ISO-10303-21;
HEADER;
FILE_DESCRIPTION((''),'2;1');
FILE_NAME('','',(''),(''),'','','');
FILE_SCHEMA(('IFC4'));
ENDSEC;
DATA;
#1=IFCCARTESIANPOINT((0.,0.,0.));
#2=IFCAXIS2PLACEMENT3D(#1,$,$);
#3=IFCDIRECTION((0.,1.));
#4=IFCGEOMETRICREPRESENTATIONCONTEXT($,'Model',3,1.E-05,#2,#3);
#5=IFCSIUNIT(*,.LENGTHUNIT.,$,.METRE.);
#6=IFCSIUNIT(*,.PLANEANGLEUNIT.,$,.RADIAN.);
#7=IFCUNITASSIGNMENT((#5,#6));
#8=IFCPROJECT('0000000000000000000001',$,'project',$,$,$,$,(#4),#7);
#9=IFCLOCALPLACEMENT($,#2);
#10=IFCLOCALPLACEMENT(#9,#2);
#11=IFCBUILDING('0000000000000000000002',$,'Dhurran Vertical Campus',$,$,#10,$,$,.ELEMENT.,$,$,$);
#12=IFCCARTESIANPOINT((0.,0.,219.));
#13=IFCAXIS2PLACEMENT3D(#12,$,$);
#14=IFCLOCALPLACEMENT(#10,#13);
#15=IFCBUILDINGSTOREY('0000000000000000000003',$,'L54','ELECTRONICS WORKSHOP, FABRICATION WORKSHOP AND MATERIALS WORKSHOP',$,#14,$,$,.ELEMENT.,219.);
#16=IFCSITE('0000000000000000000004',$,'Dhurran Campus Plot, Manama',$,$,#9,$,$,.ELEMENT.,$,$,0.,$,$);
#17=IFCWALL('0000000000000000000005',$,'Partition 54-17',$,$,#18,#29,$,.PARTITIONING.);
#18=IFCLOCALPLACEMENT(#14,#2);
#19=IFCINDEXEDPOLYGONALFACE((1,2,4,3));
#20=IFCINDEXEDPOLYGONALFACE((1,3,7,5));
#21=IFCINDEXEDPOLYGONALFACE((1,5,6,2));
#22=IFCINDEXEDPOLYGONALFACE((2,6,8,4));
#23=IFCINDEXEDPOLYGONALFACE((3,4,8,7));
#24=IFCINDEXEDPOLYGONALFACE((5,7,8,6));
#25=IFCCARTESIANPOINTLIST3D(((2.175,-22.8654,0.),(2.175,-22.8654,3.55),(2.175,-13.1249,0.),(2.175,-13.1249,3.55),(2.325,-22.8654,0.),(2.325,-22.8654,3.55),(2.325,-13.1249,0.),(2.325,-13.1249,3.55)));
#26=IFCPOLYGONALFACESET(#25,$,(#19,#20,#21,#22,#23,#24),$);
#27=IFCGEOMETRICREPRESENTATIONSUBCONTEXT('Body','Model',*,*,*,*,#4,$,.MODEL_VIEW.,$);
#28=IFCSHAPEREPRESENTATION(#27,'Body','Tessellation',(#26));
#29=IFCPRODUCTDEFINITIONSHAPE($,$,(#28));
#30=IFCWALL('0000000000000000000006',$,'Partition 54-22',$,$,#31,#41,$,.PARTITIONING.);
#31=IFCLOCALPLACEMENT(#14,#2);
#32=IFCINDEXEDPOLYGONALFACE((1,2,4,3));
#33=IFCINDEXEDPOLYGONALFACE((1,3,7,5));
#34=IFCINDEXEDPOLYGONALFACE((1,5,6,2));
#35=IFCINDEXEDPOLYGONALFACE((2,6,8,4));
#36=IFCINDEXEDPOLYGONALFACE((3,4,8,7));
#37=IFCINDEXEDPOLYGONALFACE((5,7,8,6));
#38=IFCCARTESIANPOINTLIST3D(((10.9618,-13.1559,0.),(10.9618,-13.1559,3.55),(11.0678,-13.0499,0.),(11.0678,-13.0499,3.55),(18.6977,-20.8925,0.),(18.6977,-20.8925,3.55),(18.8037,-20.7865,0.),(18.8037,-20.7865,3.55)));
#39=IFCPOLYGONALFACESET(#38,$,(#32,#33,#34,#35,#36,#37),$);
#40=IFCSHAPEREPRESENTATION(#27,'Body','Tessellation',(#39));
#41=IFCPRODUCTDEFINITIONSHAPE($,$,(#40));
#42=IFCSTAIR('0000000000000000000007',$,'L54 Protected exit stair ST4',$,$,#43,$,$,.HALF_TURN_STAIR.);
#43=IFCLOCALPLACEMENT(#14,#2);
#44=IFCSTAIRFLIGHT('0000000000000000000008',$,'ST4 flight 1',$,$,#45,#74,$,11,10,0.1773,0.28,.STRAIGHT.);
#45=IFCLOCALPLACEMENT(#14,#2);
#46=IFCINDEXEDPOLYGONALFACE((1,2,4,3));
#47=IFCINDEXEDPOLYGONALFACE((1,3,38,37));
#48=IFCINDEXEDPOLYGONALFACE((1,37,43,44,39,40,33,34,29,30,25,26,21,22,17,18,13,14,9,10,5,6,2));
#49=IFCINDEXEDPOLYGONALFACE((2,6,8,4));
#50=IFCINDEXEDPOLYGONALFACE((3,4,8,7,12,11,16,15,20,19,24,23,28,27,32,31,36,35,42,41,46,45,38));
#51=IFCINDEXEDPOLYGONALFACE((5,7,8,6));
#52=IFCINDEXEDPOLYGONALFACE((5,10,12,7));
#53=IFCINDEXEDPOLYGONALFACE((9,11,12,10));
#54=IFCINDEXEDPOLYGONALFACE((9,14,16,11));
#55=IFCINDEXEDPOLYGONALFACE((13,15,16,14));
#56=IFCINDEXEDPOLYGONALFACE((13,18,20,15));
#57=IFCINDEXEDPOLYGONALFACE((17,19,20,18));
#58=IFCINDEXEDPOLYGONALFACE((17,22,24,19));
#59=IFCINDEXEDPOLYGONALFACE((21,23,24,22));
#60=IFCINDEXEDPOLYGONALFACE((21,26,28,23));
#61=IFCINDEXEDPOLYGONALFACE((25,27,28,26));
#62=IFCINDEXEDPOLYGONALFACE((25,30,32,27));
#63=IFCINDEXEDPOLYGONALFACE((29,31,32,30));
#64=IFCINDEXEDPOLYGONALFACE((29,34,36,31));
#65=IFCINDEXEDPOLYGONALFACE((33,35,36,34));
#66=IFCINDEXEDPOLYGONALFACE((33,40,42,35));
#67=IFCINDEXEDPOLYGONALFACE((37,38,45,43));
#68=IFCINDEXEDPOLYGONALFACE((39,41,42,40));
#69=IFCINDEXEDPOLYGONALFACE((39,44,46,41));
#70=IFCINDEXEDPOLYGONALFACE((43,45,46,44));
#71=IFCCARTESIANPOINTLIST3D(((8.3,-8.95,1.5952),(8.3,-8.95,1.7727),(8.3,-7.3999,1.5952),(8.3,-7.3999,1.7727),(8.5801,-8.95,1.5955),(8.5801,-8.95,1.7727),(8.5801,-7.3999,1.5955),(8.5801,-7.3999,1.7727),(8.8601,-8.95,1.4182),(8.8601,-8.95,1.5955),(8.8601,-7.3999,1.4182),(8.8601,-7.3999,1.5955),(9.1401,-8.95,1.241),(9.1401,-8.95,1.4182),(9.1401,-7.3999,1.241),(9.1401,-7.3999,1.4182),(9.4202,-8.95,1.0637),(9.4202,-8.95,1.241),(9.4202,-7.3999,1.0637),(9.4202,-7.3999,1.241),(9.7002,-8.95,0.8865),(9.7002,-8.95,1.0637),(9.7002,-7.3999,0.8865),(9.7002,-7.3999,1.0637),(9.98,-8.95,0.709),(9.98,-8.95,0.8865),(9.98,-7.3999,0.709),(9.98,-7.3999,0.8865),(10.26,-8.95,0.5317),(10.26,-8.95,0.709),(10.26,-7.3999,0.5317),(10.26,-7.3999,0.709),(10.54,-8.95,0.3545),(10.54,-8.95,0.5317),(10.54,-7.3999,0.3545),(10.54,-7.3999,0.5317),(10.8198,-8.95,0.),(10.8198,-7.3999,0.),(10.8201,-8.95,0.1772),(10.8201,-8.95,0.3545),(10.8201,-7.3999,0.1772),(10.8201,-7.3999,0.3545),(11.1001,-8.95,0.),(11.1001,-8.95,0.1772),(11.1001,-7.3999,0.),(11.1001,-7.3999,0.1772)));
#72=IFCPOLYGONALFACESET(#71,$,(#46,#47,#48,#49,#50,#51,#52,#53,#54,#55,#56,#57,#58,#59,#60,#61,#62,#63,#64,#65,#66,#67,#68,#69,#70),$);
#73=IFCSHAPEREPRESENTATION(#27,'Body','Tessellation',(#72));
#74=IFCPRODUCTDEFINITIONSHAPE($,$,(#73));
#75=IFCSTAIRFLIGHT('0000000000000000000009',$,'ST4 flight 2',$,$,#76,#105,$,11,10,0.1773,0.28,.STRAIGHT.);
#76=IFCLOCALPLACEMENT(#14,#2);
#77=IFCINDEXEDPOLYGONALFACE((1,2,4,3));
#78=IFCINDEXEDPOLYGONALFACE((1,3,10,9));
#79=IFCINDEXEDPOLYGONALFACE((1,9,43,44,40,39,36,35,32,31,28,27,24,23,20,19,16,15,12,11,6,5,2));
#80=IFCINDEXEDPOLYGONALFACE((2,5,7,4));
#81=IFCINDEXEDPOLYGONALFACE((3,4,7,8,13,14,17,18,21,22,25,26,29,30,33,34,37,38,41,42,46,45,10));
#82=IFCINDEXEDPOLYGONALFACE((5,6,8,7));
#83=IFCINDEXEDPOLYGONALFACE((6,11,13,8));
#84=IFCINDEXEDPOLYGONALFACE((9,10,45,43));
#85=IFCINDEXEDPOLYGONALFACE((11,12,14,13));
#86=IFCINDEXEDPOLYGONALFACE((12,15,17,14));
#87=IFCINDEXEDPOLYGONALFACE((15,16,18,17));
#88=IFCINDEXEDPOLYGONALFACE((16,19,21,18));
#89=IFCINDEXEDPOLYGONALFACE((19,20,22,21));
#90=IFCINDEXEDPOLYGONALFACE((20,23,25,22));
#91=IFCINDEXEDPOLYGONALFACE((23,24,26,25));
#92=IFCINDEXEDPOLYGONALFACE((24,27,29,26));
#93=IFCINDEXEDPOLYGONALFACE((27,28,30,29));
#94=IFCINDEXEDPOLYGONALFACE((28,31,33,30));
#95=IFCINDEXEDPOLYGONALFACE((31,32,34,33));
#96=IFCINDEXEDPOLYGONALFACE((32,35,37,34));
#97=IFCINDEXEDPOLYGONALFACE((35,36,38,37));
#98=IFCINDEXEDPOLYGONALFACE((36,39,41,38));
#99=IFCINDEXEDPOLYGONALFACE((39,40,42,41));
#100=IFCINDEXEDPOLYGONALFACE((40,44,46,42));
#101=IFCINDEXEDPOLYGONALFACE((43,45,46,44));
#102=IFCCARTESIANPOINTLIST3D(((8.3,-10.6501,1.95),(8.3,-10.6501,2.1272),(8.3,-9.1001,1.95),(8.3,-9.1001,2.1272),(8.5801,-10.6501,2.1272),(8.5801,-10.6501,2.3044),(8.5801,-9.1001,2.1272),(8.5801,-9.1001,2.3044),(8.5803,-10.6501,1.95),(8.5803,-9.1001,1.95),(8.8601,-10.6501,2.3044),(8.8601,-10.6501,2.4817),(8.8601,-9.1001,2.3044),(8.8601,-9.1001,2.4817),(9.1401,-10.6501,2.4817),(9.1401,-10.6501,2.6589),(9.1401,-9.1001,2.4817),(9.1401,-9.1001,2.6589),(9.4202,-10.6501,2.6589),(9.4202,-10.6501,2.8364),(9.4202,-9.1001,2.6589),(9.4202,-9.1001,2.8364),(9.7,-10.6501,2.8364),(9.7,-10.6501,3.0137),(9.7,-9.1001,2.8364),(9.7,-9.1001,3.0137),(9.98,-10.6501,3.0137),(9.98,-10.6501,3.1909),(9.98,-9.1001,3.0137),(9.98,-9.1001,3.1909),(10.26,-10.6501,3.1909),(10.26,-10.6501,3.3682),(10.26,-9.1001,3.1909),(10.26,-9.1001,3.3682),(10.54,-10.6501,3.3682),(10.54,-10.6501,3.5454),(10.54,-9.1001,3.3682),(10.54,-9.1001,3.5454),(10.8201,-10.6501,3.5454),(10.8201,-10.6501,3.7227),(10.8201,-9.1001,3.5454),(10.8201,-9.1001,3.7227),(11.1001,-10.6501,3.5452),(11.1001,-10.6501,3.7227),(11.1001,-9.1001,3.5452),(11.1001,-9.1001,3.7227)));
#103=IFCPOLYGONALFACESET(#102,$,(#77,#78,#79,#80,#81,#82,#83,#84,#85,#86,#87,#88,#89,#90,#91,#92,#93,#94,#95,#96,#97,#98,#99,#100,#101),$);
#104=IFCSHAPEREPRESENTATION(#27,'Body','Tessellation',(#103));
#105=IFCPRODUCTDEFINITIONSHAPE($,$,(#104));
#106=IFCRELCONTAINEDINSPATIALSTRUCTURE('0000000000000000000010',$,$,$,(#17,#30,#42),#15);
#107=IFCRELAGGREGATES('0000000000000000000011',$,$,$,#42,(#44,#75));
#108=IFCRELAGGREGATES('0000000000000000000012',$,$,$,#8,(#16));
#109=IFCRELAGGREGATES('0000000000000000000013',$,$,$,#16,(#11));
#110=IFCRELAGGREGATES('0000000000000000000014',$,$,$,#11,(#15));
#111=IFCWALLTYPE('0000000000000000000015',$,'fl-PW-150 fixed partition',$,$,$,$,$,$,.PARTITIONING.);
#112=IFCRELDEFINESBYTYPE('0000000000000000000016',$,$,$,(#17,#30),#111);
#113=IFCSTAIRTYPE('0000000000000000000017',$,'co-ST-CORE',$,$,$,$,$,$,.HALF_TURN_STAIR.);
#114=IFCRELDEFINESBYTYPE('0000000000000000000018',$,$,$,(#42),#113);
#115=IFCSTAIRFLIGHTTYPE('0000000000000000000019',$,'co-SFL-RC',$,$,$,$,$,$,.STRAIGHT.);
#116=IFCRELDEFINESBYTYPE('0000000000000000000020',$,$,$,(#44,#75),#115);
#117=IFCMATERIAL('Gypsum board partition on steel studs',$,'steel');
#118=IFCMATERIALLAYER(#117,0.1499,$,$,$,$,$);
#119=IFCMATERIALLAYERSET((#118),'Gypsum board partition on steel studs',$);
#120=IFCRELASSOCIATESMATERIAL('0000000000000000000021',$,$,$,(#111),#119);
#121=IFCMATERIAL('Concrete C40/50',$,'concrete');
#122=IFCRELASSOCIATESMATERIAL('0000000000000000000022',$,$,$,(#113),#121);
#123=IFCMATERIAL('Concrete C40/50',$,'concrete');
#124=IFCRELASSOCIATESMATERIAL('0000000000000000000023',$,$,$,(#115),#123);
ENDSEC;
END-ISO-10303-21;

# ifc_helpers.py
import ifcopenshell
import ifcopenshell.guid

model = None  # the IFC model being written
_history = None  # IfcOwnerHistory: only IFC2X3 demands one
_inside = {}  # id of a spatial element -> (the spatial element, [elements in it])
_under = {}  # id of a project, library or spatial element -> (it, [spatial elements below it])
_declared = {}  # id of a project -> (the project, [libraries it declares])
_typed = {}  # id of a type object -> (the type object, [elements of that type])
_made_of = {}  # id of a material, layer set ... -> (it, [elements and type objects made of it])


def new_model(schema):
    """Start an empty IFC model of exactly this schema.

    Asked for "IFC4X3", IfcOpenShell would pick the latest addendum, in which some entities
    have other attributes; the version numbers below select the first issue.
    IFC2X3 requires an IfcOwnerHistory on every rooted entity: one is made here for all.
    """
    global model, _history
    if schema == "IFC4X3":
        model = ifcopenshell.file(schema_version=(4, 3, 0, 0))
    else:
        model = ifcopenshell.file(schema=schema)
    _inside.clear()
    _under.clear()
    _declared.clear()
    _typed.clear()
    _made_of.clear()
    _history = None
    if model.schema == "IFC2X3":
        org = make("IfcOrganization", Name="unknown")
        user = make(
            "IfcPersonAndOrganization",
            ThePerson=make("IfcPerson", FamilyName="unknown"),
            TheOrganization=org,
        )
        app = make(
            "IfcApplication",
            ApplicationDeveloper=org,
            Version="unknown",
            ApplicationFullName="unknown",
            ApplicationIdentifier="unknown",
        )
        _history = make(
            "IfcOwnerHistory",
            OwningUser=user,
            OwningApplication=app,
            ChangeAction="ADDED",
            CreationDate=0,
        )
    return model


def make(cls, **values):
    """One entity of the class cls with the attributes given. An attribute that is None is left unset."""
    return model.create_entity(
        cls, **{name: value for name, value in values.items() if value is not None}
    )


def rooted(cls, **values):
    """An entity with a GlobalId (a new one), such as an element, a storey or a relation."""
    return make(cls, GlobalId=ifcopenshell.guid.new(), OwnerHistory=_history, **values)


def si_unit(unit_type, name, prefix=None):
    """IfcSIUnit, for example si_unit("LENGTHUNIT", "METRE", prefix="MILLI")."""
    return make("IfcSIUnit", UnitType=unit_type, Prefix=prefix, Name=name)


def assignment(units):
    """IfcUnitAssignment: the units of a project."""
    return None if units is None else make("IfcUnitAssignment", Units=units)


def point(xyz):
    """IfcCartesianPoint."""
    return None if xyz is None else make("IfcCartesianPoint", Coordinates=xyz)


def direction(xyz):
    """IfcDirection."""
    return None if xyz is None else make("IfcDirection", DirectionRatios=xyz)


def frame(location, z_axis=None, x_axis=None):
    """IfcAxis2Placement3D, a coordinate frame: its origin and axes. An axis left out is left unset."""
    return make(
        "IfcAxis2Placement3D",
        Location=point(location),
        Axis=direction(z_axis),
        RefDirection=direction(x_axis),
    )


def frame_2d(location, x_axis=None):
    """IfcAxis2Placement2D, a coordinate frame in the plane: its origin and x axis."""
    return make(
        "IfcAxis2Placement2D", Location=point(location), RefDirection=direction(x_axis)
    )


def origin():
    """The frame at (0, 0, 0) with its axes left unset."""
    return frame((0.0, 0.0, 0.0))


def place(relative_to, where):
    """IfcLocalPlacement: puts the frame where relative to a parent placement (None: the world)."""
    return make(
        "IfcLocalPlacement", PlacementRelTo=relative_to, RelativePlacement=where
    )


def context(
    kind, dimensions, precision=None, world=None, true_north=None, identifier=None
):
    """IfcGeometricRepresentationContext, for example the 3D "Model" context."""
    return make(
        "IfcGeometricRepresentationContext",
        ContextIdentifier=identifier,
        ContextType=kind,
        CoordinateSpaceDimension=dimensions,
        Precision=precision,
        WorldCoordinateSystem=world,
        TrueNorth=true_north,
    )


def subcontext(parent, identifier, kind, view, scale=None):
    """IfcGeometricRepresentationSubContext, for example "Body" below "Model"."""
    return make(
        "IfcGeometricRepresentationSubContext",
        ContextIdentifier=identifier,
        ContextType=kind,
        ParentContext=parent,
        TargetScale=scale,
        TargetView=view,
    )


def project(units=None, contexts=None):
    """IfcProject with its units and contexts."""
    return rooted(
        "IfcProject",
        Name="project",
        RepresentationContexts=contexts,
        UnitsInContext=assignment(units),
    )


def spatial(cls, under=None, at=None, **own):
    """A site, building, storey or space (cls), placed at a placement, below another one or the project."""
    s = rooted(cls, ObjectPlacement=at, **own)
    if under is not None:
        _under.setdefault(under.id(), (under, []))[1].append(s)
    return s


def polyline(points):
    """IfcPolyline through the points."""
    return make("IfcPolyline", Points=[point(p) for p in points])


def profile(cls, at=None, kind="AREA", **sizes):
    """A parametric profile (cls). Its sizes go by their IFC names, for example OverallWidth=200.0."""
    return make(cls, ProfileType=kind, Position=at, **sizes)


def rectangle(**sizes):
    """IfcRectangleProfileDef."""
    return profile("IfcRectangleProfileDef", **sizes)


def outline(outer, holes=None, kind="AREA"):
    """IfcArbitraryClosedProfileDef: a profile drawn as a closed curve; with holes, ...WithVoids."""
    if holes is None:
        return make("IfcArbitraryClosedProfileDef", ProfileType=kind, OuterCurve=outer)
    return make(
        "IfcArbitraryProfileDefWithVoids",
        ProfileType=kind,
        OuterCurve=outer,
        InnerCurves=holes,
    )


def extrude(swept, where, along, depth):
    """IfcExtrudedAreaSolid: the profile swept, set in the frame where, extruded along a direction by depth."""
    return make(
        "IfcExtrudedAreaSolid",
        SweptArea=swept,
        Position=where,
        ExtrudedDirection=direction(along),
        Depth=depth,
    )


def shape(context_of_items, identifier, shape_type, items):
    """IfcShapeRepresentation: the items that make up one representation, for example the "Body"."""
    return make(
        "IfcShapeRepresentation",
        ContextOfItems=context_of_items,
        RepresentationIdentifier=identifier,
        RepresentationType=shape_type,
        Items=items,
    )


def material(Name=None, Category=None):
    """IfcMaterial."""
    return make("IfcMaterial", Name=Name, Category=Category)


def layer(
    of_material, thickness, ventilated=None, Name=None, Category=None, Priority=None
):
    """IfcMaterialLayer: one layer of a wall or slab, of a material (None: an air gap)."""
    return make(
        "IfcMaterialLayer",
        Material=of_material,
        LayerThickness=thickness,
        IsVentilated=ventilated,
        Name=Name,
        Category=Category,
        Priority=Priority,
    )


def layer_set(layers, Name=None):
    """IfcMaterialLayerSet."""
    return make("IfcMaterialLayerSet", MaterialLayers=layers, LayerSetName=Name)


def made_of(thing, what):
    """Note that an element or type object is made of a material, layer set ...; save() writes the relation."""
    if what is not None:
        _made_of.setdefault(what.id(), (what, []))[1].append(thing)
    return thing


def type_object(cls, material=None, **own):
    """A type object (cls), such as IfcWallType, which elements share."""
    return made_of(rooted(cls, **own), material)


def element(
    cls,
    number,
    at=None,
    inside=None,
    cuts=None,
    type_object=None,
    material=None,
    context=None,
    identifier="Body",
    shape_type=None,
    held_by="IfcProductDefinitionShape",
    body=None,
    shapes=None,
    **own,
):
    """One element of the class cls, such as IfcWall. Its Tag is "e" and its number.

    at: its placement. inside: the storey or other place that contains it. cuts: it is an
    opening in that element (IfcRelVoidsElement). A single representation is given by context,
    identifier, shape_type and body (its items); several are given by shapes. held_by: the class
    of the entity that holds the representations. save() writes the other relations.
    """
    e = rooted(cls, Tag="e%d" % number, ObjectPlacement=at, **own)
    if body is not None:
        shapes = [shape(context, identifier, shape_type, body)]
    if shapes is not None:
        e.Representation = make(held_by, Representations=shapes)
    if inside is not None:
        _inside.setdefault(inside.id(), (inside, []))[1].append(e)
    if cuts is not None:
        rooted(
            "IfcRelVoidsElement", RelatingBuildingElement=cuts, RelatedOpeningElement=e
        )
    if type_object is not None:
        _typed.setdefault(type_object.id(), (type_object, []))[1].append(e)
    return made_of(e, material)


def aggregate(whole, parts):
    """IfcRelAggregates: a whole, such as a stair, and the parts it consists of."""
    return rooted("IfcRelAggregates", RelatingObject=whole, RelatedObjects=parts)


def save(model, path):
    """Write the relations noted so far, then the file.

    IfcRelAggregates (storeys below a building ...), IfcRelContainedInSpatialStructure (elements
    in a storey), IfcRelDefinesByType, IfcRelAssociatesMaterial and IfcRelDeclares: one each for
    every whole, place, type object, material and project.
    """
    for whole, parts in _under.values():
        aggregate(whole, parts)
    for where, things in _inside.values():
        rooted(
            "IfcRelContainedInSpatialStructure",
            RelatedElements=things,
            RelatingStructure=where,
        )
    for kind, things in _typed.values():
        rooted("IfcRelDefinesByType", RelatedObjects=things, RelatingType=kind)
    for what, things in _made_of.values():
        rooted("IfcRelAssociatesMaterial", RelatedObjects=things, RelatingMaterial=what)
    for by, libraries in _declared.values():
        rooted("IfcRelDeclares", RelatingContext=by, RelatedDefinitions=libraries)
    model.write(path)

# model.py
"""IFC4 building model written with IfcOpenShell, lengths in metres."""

from ifc_helpers import new_model, si_unit, direction, frame, frame_2d, origin, place, context, subcontext, project, spatial, polyline, rectangle, outline, extrude, material, layer, layer_set, type_object, element, aggregate, save


model = new_model("IFC4")

# Units and contexts
model_context = context("Model", 3, precision=1e-05, world=origin(), true_north=direction((0.0, 1.0)))
body_context = subcontext(model_context, "Body", "Model", "MODEL_VIEW")
ifc_project = project(units=[si_unit("LENGTHUNIT", "METRE"), si_unit("PLANEANGLEUNIT", "RADIAN")], contexts=[model_context])

# Site, building, storey
site_placement = place(None, origin())
site = spatial("IfcSite", under=ifc_project, at=site_placement, Name="Dhurran Campus Plot, Manama", CompositionType="ELEMENT", RefElevation=0.0)
building_placement = place(site_placement, origin())
building = spatial("IfcBuilding", under=site, at=building_placement, Name="Dhurran Vertical Campus", CompositionType="ELEMENT")
storey_placement = place(building_placement, frame((0.0, 0.0, 219.0)))
storey = spatial("IfcBuildingStorey", under=building, at=storey_placement, Name="L54", Description="ELECTRONICS WORKSHOP, FABRICATION WORKSHOP AND MATERIALS WORKSHOP", CompositionType="ELEMENT", Elevation=219.0)

# Walls
ifc_material_1 = material(Name="Gypsum board partition on steel studs", Category="steel")
ifc_layer_1 = layer(ifc_material_1, 0.1499)
ifc_layer_set_1 = layer_set([ifc_layer_1], Name="Gypsum board partition on steel studs")
wall_type_1 = type_object("IfcWallType", Name="fl-PW-150 fixed partition", PredefinedType="PARTITIONING", material=ifc_layer_set_1)
wall_1_placement = place(storey_placement, frame((2.25, -13.125, 0.0), z_axis=(0.0, 0.0, 1.0), x_axis=(0.0, -1.0, 0.0)))
element("IfcWall", 1, at=wall_1_placement, inside=storey, type_object=wall_type_1, Name="Partition 54-17", PredefinedType="PARTITIONING", context=body_context, shape_type="SweptSolid", body=[
    extrude(rectangle(XDim=9.7405, YDim=0.1499, at=frame_2d((4.8701, 0.0))), origin(), (0.0, 0.0, 1.0), 3.55),
])
wall_2_placement = place(storey_placement, frame((11.0149, -13.103, 0.0), z_axis=(0.0, 0.0, 1.0), x_axis=(0.707073, -0.70714, 0.0)))
element("IfcWall", 2, at=wall_2_placement, inside=storey, type_object=wall_type_1, Name="Partition 54-22", PredefinedType="PARTITIONING", context=body_context, shape_type="SweptSolid", body=[
    extrude(rectangle(XDim=10.9407, YDim=0.1499, at=frame_2d((5.4702, 0.0))), origin(), (0.0, 0.0, 1.0), 3.55),
])

# Stair, stair flights
ifc_material_2 = material(Name="Concrete C40/50", Category="concrete")
stair_type = type_object("IfcStairType", Name="co-ST-CORE", PredefinedType="HALF_TURN_STAIR", material=ifc_material_2)
stair_placement = place(storey_placement, origin())
stair = element("IfcStair", 3, at=stair_placement, inside=storey, type_object=stair_type, Name="L54 Protected exit stair ST4", PredefinedType="HALF_TURN_STAIR")
ifc_material_3 = material(Name="Concrete C40/50", Category="concrete")
stair_flight_type = type_object("IfcStairFlightType", Name="co-SFL-RC", PredefinedType="STRAIGHT", material=ifc_material_3)
stair_flight_1_placement = place(storey_placement, frame((11.1001, -8.175, 0.0), z_axis=(0.0, 0.0, 1.0), x_axis=(-1.0, 0.0, 0.0)))
stair_flight_1 = element("IfcStairFlight", 4, at=stair_flight_1_placement, type_object=stair_flight_type, Name="ST4 flight 1", NumberOfRisers=11, NumberOfTreads=10, PredefinedType="STRAIGHT", RiserHeight=0.1773, TreadLength=0.28, context=body_context, shape_type="SweptSolid", body=[
    extrude(outline(polyline([(0.0, 0.0), (0.0, 0.1772), (0.28, 0.1772), (0.28, 0.3545), (0.5601, 0.3545), (0.5601, 0.5317), (0.8401, 0.5317), (0.8401, 0.709), (1.1201, 0.709), (1.1201, 0.8865), (1.3999, 0.8865), (1.3999, 1.0637), (1.6799, 1.0637), (1.6799, 1.241), (1.96, 1.241), (1.96, 1.4182), (2.24, 1.4182), (2.24, 1.5955), (2.52, 1.5955), (2.52, 1.7727), (2.8, 1.7727), (2.8, 1.95), (2.8, 1.5952), (0.2803, 0.0), (0.0, 0.0)])), frame((0.0, 0.7749, 0.0), z_axis=(0.0, -1.0, 0.0), x_axis=(1.0, 0.0, 0.0)), (0.0, 0.0, 1.0), 1.55),
])
stair_flight_2_placement = place(storey_placement, frame((8.3, -9.875, 1.95), z_axis=(0.0, 0.0, 1.0), x_axis=(1.0, 0.0, 0.0)))
stair_flight_2 = element("IfcStairFlight", 5, at=stair_flight_2_placement, type_object=stair_flight_type, Name="ST4 flight 2", NumberOfRisers=11, NumberOfTreads=10, PredefinedType="STRAIGHT", RiserHeight=0.1773, TreadLength=0.28, context=body_context, shape_type="SweptSolid", body=[
    extrude(outline(polyline([(0.0, 0.0), (0.0, 0.1772), (0.28, 0.1772), (0.28, 0.3545), (0.5601, 0.3545), (0.5601, 0.5317), (0.8401, 0.5317), (0.8401, 0.709), (1.1201, 0.709), (1.1201, 0.8865), (1.3999, 0.8865), (1.3999, 1.0637), (1.6799, 1.0637), (1.6799, 1.241), (1.96, 1.241), (1.96, 1.4182), (2.24, 1.4182), (2.24, 1.5955), (2.52, 1.5955), (2.52, 1.7727), (2.8, 1.7727), (2.8, 1.95), (2.8, 1.5952), (0.2803, 0.0), (0.0, 0.0)])), frame((0.0, 0.7749, 0.0), z_axis=(0.0, -1.0, 0.0), x_axis=(1.0, 0.0, 0.0)), (0.0, 0.0, 1.0), 1.55),
])
aggregate(stair, [stair_flight_1, stair_flight_2])

save(model, "model.ifc")
